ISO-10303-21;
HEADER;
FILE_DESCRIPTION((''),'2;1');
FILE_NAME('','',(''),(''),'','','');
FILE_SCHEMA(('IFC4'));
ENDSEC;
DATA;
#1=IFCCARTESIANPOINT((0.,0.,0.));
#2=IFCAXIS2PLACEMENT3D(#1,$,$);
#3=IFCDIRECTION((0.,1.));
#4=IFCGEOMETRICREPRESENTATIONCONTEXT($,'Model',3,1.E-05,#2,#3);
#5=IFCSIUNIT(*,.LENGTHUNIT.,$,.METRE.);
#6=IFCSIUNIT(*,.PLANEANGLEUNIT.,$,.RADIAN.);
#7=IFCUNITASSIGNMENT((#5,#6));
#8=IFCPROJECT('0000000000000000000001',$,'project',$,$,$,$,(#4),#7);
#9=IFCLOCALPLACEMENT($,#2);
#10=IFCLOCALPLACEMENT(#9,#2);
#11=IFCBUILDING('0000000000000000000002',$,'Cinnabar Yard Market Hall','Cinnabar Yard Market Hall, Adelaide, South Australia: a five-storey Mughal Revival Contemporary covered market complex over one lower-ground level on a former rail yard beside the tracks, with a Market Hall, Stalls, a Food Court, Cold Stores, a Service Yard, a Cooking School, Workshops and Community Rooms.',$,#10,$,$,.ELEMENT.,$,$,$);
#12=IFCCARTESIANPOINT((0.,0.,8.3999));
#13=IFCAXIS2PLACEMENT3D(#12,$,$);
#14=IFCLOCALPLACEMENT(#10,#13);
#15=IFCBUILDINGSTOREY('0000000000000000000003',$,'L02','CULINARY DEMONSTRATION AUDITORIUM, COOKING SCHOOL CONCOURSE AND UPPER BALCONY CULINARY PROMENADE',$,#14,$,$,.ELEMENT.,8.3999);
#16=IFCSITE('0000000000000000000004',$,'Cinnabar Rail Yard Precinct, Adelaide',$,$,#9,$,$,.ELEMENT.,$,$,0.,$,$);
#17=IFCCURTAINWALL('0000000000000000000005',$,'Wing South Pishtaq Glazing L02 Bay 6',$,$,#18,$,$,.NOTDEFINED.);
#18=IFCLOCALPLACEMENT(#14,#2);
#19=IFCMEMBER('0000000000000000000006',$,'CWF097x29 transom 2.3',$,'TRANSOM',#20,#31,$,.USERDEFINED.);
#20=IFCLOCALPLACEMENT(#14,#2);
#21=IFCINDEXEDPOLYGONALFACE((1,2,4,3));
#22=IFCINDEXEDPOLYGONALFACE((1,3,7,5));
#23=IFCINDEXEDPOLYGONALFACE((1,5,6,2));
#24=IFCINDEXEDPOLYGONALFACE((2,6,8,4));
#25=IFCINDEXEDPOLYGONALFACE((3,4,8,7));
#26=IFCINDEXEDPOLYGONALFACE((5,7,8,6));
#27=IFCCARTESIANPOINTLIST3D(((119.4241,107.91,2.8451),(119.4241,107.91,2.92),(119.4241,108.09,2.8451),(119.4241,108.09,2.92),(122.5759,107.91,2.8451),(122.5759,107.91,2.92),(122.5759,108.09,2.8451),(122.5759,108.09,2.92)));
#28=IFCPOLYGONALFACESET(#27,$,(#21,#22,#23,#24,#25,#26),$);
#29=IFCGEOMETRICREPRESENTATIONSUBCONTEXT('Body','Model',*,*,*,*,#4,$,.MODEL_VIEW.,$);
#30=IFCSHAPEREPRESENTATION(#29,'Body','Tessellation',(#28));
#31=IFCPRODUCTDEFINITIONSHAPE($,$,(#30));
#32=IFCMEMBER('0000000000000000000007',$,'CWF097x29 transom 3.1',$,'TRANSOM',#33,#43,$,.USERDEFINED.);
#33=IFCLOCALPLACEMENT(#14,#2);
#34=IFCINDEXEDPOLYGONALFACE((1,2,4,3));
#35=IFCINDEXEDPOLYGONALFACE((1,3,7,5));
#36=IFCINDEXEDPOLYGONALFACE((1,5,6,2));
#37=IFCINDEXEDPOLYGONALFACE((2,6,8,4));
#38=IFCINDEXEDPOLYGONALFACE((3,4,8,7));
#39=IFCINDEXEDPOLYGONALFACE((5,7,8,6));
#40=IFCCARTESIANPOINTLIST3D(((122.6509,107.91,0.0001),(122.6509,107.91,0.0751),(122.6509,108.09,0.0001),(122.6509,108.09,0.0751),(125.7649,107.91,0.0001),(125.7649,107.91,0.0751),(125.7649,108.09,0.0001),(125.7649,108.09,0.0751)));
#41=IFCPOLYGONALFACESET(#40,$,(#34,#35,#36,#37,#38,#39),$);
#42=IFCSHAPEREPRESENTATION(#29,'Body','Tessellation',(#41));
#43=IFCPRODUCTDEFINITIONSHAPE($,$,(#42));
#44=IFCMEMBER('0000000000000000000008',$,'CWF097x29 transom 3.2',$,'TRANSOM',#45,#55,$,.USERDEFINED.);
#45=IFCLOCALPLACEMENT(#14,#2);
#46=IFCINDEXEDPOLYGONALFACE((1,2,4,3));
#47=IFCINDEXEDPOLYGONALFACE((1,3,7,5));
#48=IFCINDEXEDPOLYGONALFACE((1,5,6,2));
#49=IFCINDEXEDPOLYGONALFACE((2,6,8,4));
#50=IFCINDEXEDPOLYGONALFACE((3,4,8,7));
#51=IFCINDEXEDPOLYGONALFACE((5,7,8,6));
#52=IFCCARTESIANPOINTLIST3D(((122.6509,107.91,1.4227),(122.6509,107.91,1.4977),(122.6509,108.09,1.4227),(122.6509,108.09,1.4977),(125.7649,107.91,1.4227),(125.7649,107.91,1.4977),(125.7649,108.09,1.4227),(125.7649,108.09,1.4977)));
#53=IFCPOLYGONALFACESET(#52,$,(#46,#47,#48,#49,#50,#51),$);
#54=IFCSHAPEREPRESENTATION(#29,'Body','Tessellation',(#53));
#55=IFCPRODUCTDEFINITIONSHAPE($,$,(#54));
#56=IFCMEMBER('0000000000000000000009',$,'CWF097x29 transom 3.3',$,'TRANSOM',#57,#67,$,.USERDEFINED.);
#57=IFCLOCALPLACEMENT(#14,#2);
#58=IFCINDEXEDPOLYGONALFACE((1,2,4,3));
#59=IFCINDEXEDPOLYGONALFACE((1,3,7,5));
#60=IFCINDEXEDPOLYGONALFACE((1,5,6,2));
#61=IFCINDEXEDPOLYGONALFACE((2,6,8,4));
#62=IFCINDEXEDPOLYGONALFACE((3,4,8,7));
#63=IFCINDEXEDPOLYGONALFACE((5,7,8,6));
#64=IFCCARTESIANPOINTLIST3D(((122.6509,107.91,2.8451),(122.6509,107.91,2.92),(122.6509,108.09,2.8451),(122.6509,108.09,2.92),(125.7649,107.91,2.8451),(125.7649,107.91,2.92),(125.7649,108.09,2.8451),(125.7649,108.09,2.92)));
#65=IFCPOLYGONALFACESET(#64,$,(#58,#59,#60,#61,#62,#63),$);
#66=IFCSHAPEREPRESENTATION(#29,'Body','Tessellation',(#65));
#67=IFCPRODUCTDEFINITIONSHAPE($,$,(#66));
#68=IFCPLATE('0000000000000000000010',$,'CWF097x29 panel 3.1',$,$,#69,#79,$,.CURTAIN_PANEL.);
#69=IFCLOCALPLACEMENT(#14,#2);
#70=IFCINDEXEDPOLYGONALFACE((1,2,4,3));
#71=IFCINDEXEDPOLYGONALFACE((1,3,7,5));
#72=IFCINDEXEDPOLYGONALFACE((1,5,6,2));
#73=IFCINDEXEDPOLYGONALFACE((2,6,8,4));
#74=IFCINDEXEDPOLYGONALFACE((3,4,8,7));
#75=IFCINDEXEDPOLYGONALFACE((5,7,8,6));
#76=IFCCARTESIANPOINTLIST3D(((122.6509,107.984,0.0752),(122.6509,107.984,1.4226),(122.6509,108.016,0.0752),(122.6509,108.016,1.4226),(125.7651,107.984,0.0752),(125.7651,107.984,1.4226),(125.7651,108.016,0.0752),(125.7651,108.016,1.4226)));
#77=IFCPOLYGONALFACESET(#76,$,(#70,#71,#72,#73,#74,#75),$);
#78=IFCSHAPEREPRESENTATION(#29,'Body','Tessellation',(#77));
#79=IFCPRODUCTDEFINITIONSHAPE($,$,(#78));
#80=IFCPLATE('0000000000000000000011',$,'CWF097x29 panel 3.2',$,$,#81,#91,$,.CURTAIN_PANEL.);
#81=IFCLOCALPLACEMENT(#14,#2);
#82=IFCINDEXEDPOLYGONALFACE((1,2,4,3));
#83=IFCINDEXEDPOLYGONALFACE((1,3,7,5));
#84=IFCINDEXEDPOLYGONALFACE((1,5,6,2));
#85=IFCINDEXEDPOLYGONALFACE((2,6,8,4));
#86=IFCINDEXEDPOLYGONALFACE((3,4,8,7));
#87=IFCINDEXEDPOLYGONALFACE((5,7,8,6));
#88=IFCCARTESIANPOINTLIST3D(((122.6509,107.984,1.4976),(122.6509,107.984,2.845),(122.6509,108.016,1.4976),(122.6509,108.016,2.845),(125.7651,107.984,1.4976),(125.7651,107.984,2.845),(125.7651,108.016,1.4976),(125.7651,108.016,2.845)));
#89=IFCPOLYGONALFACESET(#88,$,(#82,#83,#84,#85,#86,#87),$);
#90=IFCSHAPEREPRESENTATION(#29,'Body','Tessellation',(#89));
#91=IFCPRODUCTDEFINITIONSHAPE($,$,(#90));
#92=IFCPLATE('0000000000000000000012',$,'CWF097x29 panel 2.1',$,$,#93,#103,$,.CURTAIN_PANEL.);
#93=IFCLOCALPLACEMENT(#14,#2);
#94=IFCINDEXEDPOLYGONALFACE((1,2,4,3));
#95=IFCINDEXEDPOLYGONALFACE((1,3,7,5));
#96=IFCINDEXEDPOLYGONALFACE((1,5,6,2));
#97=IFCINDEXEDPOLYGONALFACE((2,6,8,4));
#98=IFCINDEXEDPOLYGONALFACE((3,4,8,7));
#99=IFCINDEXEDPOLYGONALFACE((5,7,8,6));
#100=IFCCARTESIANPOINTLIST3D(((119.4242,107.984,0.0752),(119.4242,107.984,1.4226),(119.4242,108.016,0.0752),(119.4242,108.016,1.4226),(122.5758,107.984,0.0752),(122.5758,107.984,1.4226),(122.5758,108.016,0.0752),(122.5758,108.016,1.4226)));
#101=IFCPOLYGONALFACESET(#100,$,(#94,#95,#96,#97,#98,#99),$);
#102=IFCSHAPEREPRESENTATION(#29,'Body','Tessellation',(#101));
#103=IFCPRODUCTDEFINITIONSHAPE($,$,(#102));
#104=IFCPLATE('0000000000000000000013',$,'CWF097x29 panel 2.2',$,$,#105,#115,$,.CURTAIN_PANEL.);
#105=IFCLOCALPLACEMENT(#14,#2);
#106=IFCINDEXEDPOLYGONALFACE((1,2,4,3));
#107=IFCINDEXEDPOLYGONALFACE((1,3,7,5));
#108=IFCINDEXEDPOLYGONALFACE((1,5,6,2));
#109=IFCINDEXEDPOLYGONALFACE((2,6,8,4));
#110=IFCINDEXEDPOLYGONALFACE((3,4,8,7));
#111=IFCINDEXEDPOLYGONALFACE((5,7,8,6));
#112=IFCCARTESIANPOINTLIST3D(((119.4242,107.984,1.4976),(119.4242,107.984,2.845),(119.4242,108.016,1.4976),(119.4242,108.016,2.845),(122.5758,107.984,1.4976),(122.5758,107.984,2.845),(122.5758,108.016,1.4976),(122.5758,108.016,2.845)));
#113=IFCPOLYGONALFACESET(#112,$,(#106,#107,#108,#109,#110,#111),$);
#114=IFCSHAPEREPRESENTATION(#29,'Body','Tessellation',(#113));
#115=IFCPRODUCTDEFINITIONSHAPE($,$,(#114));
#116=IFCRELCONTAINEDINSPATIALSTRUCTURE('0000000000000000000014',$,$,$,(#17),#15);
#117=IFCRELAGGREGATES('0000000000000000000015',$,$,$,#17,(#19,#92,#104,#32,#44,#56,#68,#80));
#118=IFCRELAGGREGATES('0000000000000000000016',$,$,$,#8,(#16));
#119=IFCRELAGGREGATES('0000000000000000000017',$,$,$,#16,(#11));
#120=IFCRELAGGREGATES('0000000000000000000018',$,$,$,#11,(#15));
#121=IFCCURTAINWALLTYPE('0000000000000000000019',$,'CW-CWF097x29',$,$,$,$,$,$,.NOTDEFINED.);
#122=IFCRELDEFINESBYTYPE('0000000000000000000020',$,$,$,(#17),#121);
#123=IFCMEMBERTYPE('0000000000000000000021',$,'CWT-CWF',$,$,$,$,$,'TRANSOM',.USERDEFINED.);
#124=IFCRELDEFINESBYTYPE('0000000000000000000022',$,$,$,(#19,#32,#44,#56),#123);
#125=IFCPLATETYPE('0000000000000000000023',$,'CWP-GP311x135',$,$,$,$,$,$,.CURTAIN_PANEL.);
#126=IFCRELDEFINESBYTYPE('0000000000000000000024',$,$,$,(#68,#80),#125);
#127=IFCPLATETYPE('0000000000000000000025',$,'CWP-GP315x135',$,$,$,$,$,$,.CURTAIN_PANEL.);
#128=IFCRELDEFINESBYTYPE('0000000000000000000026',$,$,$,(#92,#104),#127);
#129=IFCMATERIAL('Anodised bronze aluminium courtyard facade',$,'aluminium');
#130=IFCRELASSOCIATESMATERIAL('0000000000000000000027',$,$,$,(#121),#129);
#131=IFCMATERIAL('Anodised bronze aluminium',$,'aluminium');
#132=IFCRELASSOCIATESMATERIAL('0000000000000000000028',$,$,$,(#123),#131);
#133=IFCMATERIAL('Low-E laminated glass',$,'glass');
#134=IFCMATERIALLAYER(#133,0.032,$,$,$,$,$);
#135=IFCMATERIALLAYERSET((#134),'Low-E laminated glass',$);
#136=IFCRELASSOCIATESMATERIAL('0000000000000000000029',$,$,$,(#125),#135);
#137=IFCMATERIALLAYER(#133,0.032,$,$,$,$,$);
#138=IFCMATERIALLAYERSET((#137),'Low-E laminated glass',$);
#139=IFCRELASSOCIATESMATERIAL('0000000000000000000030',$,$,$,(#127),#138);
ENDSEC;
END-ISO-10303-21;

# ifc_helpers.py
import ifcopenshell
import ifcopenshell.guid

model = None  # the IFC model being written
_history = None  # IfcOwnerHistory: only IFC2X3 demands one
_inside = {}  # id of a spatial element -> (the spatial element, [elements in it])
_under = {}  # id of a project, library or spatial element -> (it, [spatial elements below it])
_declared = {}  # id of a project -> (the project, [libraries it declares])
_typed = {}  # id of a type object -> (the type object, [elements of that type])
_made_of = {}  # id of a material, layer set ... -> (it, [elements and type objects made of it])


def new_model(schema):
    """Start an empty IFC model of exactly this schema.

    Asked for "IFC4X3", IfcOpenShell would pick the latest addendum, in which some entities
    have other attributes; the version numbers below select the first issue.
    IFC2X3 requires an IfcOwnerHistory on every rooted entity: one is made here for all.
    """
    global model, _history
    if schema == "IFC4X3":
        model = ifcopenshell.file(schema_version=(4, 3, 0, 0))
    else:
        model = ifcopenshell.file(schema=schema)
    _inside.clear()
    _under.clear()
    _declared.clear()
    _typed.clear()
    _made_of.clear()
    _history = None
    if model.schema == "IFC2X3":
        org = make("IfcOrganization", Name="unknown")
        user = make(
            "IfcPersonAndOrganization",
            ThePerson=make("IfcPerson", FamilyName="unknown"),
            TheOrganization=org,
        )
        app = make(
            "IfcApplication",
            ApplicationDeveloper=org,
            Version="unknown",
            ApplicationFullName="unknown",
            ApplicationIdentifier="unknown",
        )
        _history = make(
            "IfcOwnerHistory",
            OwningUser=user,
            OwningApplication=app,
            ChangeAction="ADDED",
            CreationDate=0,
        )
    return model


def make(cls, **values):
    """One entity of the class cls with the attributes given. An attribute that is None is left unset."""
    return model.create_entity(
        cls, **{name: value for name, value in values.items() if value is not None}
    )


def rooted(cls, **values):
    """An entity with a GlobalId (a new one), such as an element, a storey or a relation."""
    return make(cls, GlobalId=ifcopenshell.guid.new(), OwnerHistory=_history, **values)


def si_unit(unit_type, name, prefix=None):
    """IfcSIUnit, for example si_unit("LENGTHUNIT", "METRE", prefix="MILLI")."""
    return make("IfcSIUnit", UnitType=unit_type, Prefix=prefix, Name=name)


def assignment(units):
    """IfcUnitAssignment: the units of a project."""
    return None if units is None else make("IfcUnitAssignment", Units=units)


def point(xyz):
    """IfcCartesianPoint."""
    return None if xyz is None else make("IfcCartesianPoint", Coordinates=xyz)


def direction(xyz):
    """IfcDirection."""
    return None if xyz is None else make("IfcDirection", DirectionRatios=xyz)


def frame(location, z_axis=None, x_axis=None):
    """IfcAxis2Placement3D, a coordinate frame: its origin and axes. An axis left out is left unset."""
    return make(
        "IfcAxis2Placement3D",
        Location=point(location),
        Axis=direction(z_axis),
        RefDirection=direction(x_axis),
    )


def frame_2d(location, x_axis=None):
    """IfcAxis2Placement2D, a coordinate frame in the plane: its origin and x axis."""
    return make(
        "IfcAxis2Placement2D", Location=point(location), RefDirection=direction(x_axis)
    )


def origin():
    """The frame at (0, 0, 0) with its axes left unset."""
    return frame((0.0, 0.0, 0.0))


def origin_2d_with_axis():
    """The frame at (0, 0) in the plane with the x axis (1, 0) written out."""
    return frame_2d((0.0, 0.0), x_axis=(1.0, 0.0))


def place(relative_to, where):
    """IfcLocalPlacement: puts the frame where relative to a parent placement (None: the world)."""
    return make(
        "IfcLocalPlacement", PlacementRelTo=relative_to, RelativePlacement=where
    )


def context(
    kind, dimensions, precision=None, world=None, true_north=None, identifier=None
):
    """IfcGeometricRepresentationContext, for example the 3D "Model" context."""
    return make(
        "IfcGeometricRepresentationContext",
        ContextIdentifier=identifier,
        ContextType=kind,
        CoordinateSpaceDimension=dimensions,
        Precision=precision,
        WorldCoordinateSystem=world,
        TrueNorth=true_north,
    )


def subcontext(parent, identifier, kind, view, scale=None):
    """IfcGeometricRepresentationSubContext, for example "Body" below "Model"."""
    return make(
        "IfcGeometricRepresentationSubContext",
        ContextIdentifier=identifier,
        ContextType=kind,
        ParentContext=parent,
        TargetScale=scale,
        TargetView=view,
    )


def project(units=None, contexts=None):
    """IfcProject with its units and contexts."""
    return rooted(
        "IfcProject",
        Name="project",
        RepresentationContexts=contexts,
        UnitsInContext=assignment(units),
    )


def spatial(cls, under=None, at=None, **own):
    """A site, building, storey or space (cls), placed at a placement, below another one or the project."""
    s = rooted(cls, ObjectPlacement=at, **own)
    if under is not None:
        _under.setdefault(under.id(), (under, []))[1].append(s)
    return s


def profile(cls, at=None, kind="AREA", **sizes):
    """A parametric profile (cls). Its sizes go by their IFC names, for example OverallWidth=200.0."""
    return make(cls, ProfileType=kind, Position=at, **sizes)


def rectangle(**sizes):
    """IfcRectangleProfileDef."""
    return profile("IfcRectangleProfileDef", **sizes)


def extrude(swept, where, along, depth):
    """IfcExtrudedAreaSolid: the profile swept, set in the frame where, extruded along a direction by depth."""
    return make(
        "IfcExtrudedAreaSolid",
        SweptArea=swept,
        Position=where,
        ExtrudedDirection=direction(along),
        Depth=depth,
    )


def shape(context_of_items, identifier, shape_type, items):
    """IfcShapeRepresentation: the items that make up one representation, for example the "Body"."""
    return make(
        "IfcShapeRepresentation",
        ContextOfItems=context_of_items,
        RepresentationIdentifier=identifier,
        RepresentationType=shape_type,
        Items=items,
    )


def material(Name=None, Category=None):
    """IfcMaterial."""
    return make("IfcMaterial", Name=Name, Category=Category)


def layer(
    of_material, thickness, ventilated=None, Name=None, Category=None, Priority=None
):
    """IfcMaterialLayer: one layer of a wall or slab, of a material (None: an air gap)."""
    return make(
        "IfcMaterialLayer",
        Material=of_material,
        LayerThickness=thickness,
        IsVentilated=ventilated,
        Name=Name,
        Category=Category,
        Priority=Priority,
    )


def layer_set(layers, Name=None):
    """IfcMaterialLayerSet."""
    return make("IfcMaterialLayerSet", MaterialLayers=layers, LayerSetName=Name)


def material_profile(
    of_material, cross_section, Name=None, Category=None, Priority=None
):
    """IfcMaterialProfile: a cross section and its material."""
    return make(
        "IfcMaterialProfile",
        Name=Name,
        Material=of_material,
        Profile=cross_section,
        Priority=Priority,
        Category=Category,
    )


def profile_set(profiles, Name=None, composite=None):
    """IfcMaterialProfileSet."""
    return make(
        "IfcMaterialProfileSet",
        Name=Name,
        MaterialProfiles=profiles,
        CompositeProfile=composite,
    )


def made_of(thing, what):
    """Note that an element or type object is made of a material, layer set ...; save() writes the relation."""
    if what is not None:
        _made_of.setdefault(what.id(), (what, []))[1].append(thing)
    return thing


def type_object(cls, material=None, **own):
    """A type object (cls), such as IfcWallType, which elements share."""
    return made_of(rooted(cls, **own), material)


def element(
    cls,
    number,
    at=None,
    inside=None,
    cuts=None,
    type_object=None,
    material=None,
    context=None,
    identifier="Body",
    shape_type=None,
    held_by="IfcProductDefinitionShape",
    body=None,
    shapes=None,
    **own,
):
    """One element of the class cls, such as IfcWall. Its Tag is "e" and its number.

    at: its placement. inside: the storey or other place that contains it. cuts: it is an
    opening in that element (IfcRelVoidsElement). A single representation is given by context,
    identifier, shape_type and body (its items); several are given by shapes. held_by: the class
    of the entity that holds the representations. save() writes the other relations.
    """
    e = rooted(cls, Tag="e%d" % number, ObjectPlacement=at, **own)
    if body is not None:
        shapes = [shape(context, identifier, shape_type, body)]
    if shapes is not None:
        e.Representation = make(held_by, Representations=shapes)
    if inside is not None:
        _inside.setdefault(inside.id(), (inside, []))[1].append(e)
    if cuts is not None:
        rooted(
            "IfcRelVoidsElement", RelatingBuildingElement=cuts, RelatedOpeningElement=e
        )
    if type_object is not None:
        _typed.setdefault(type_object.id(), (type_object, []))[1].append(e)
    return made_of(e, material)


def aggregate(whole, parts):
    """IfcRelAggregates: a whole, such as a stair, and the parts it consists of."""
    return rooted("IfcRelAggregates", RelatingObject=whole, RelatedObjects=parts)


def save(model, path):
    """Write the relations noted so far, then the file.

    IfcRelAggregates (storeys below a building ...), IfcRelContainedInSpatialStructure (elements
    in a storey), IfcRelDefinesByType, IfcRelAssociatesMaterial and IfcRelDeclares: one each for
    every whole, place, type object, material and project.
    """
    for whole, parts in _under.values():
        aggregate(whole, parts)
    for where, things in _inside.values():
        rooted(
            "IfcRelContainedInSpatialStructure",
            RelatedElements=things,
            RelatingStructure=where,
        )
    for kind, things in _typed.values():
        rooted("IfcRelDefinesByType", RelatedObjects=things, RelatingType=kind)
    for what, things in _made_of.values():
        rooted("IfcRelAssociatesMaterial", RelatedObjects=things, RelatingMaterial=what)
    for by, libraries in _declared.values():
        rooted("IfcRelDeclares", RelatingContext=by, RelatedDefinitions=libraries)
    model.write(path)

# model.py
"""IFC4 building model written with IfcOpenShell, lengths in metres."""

from ifc_helpers import new_model, si_unit, direction, frame, origin, origin_2d_with_axis, place, context, subcontext, project, spatial, rectangle, extrude, material, layer, layer_set, material_profile, profile_set, type_object, element, aggregate, save


model = new_model("IFC4")

# Units and contexts
model_context = context("Model", 3, precision=1e-05, world=origin(), true_north=direction((0.0, 1.0)))
body_context = subcontext(model_context, "Body", "Model", "MODEL_VIEW")
ifc_project = project(units=[si_unit("LENGTHUNIT", "METRE"), si_unit("PLANEANGLEUNIT", "RADIAN")], contexts=[model_context])

# Site, building, storey
site_placement = place(None, origin())
site = spatial("IfcSite", under=ifc_project, at=site_placement, Name="Cinnabar Rail Yard Precinct, Adelaide", CompositionType="ELEMENT", RefElevation=0.0)
building_placement = place(site_placement, origin())
building = spatial("IfcBuilding", under=site, at=building_placement, Name="Cinnabar Yard Market Hall", Description="Cinnabar Yard Market Hall, Adelaide, South Australia: a five-storey Mughal Revival Contemporary covered market complex over one lower-ground level on a former rail yard beside the tracks, with a Market Hall, Stalls, a Food Court, Cold Stores, a Service Yard, a Cooking School, Workshops and Community Rooms.", CompositionType="ELEMENT")
storey_placement = place(building_placement, frame((0.0, 0.0, 8.3999)))
storey = spatial("IfcBuildingStorey", under=building, at=storey_placement, Name="L02", Description="CULINARY DEMONSTRATION AUDITORIUM, COOKING SCHOOL CONCOURSE AND UPPER BALCONY CULINARY PROMENADE", CompositionType="ELEMENT", Elevation=8.3999)

# Curtain wall, members, plates
ifc_material_1 = material(Name="Anodised bronze aluminium courtyard facade", Category="aluminium")
curtain_wall_type = type_object("IfcCurtainWallType", Name="CW-CWF097x29", PredefinedType="NOTDEFINED", material=ifc_material_1)
curtain_wall_placement = place(storey_placement, origin())
curtain_wall = element("IfcCurtainWall", 1, at=curtain_wall_placement, inside=storey, type_object=curtain_wall_type, Name="Wing South Pishtaq Glazing L02 Bay 6", PredefinedType="NOTDEFINED")
ifc_material_2 = material(Name="Anodised bronze aluminium", Category="aluminium")
ifc_material_profile_1 = material_profile(ifc_material_2, rectangle(XDim=0.1799, YDim=0.075, at=origin_2d_with_axis()), Name="TRN-CWF")
ifc_profile_set_1 = profile_set([ifc_material_profile_1], Name="Anodised bronze aluminium")
member_type_1 = type_object("IfcMemberType", Name="CWT-CWF", ElementType="TRANSOM", PredefinedType="USERDEFINED", material=ifc_profile_set_1)
member_1_placement = place(storey_placement, frame((119.4241, 108.0, 2.8826), z_axis=(1.0, 0.0, 0.0), x_axis=(0.0, 1.0, 0.0)))
member_1 = element("IfcMember", 2, at=member_1_placement, type_object=member_type_1, Name="CWF097x29 transom 2.3", ObjectType="TRANSOM", PredefinedType="USERDEFINED", context=body_context, shape_type="SweptSolid", body=[
    extrude(rectangle(XDim=0.1799, YDim=0.075, at=origin_2d_with_axis()), origin(), (0.0, 0.0, 1.0), 3.1519),
])
member_2_placement = place(storey_placement, frame((122.6509, 108.0, 0.0376), z_axis=(1.0, 0.0, 0.0), x_axis=(0.0, 1.0, 0.0)))
member_2 = element("IfcMember", 3, at=member_2_placement, type_object=member_type_1, Name="CWF097x29 transom 3.1", ObjectType="TRANSOM", PredefinedType="USERDEFINED", context=body_context, shape_type="SweptSolid", body=[
    extrude(rectangle(XDim=0.1799, YDim=0.075, at=origin_2d_with_axis()), origin(), (0.0, 0.0, 1.0), 3.114),
])
member_3_placement = place(storey_placement, frame((122.6509, 108.0, 1.4602), z_axis=(1.0, 0.0, 0.0), x_axis=(0.0, 1.0, 0.0)))
member_3 = element("IfcMember", 4, at=member_3_placement, type_object=member_type_1, Name="CWF097x29 transom 3.2", ObjectType="TRANSOM", PredefinedType="USERDEFINED", context=body_context, shape_type="SweptSolid", body=[
    extrude(rectangle(XDim=0.1799, YDim=0.075, at=origin_2d_with_axis()), origin(), (0.0, 0.0, 1.0), 3.114),
])
member_4_placement = place(storey_placement, frame((122.6509, 108.0, 2.8826), z_axis=(1.0, 0.0, 0.0), x_axis=(0.0, 1.0, 0.0)))
member_4 = element("IfcMember", 5, at=member_4_placement, type_object=member_type_1, Name="CWF097x29 transom 3.3", ObjectType="TRANSOM", PredefinedType="USERDEFINED", context=body_context, shape_type="SweptSolid", body=[
    extrude(rectangle(XDim=0.1799, YDim=0.075, at=origin_2d_with_axis()), origin(), (0.0, 0.0, 1.0), 3.114),
])
ifc_material_3 = material(Name="Low-E laminated glass", Category="glass")
ifc_layer_1 = layer(ifc_material_3, 0.032)
ifc_layer_set_1 = layer_set([ifc_layer_1], Name="Low-E laminated glass")
plate_type_1 = type_object("IfcPlateType", Name="CWP-GP311x135", PredefinedType="CURTAIN_PANEL", material=ifc_layer_set_1)
plate_1_placement = place(storey_placement, frame((124.208, 108.0, 0.0752), z_axis=(0.0, 0.0, 1.0), x_axis=(1.0, 0.0, 0.0)))
plate_1 = element("IfcPlate", 6, at=plate_1_placement, type_object=plate_type_1, Name="CWF097x29 panel 3.1", PredefinedType="CURTAIN_PANEL", context=body_context, shape_type="SweptSolid", body=[
    extrude(rectangle(XDim=3.1143, YDim=0.032, at=origin_2d_with_axis()), origin(), (0.0, 0.0, 1.0), 1.3474),
])
plate_2_placement = place(storey_placement, frame((124.208, 108.0, 1.4976), z_axis=(0.0, 0.0, 1.0), x_axis=(1.0, 0.0, 0.0)))
plate_2 = element("IfcPlate", 7, at=plate_2_placement, type_object=plate_type_1, Name="CWF097x29 panel 3.2", PredefinedType="CURTAIN_PANEL", context=body_context, shape_type="SweptSolid", body=[
    extrude(rectangle(XDim=3.1143, YDim=0.032, at=origin_2d_with_axis()), origin(), (0.0, 0.0, 1.0), 1.3474),
])
ifc_layer_2 = layer(ifc_material_3, 0.032)
ifc_layer_set_2 = layer_set([ifc_layer_2], Name="Low-E laminated glass")
plate_type_2 = type_object("IfcPlateType", Name="CWP-GP315x135", PredefinedType="CURTAIN_PANEL", material=ifc_layer_set_2)
plate_3_placement = place(storey_placement, frame((121.0, 108.0, 0.0752), z_axis=(0.0, 0.0, 1.0), x_axis=(1.0, 0.0, 0.0)))
plate_3 = element("IfcPlate", 8, at=plate_3_placement, type_object=plate_type_2, Name="CWF097x29 panel 2.1", PredefinedType="CURTAIN_PANEL", context=body_context, shape_type="SweptSolid", body=[
    extrude(rectangle(XDim=3.1516, YDim=0.032, at=origin_2d_with_axis()), origin(), (0.0, 0.0, 1.0), 1.3474),
])
plate_4_placement = place(storey_placement, frame((121.0, 108.0, 1.4976), z_axis=(0.0, 0.0, 1.0), x_axis=(1.0, 0.0, 0.0)))
plate_4 = element("IfcPlate", 9, at=plate_4_placement, type_object=plate_type_2, Name="CWF097x29 panel 2.2", PredefinedType="CURTAIN_PANEL", context=body_context, shape_type="SweptSolid", body=[
    extrude(rectangle(XDim=3.1516, YDim=0.032, at=origin_2d_with_axis()), origin(), (0.0, 0.0, 1.0), 1.3474),
])
aggregate(curtain_wall, [member_1, plate_3, plate_4, member_2, member_3, member_4, plate_1, plate_2])

save(model, "model.ifc")
